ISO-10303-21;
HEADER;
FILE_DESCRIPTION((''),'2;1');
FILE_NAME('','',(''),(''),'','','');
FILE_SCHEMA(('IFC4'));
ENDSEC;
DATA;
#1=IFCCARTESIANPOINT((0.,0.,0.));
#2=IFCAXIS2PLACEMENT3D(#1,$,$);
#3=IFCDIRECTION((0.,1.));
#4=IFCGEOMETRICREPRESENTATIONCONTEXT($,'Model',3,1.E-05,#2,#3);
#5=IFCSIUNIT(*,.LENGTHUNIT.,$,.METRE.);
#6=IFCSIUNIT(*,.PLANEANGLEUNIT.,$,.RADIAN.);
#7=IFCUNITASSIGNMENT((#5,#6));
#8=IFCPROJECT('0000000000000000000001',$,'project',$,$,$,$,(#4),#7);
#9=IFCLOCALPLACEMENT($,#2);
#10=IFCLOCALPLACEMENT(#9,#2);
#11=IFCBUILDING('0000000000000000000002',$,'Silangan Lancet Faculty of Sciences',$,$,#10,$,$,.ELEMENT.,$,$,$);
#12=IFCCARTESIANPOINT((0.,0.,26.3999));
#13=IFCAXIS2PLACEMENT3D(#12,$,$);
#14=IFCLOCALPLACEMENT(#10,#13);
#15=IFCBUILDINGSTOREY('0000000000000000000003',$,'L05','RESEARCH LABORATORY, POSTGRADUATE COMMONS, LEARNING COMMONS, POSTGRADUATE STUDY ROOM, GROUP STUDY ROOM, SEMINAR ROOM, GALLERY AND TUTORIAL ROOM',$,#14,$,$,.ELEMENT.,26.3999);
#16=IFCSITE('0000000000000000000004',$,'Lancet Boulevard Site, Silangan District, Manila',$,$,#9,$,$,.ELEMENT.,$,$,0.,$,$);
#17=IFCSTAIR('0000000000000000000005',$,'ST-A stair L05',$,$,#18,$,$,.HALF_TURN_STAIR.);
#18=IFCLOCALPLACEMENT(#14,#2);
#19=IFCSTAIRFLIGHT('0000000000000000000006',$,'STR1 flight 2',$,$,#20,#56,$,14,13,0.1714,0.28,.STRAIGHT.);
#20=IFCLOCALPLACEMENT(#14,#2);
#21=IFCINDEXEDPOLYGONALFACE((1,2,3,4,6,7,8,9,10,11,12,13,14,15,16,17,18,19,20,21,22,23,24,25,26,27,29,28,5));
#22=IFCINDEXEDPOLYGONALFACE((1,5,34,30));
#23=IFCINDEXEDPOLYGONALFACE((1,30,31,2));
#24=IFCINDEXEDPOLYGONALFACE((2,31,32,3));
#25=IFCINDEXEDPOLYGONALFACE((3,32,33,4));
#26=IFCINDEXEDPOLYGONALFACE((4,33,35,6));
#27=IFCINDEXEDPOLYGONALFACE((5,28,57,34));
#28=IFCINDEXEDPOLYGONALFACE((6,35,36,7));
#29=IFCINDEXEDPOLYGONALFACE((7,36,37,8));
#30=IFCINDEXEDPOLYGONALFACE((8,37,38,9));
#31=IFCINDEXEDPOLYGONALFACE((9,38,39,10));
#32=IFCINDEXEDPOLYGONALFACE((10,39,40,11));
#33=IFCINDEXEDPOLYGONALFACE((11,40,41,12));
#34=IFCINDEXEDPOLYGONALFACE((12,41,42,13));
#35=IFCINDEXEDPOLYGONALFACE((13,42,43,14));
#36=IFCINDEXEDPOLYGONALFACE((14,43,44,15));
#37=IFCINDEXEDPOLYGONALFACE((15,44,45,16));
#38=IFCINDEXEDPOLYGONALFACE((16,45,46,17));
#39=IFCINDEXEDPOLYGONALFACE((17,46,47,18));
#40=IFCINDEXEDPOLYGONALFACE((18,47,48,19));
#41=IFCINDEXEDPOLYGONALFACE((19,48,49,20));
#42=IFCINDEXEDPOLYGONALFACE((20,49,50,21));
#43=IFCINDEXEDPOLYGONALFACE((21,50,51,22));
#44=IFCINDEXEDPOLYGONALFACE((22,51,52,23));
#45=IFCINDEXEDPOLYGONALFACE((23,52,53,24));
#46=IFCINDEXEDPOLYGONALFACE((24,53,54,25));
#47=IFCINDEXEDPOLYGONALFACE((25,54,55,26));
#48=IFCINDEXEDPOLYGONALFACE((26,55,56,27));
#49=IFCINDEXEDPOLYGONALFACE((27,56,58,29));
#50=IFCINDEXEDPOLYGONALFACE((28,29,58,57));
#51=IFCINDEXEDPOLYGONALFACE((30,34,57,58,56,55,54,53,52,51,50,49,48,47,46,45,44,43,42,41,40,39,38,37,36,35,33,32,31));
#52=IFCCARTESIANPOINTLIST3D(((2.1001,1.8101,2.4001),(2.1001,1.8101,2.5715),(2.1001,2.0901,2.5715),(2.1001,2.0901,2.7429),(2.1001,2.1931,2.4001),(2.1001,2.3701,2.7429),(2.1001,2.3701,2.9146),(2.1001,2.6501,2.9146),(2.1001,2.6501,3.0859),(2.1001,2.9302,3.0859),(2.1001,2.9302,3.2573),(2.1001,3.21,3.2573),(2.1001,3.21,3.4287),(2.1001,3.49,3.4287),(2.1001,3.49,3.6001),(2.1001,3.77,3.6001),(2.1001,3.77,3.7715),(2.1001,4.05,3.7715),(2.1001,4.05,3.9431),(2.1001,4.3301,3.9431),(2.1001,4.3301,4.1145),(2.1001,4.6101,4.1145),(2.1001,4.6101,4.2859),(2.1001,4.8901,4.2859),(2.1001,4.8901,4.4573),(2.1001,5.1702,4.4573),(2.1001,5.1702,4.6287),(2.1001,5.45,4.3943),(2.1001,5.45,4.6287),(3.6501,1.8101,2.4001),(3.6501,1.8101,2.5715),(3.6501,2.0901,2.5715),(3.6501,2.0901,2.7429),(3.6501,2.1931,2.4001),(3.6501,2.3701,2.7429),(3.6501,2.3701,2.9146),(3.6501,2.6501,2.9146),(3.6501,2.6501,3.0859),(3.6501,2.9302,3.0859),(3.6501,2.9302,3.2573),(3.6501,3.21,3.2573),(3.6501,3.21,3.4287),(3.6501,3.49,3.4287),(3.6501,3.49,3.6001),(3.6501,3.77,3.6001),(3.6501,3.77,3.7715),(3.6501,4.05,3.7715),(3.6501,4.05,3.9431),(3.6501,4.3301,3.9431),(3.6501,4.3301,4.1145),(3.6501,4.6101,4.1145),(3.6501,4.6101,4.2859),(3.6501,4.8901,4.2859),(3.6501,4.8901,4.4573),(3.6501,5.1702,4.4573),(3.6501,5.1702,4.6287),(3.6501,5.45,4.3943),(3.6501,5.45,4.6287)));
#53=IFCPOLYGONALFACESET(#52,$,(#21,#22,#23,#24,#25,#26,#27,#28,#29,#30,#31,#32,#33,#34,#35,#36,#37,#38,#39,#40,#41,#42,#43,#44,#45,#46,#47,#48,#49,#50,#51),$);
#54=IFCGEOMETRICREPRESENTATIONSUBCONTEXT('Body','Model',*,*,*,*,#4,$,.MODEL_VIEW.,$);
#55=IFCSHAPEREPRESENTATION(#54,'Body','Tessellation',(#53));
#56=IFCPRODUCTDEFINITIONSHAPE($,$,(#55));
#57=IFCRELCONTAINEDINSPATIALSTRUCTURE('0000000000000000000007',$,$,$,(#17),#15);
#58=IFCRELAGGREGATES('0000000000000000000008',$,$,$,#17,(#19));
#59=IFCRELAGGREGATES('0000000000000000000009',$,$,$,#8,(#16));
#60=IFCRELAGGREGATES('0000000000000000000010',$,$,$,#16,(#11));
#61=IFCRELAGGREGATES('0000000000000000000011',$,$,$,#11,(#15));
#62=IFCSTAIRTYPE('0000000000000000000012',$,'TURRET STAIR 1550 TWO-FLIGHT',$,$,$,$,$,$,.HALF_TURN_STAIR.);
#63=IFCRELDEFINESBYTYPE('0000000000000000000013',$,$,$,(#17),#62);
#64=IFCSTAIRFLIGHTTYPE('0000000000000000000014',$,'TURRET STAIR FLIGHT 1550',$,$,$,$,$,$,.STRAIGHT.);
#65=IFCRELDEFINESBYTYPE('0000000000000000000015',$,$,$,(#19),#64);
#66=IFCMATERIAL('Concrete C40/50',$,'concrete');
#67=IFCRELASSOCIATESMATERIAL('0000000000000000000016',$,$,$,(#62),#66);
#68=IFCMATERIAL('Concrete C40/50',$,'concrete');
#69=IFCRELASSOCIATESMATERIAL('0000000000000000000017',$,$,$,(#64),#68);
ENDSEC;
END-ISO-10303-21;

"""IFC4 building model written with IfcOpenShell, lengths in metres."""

from ifc_helpers import new_model, si_unit, direction, frame, origin, place, context, subcontext, project, spatial, polyline, outline, extrude, material, type_object, element, aggregate, save


model = new_model("IFC4")

# Units and contexts
model_context = context("Model", 3, precision=1e-05, world=origin(), true_north=direction((0.0, 1.0)))
body_context = subcontext(model_context, "Body", "Model", "MODEL_VIEW")
ifc_project = project(units=[si_unit("LENGTHUNIT", "METRE"), si_unit("PLANEANGLEUNIT", "RADIAN")], contexts=[model_context])

# Site, building, storey
site_placement = place(None, origin())
site = spatial("IfcSite", under=ifc_project, at=site_placement, Name="Lancet Boulevard Site, Silangan District, Manila", CompositionType="ELEMENT", RefElevation=0.0)
building_placement = place(site_placement, origin())
building = spatial("IfcBuilding", under=site, at=building_placement, Name="Silangan Lancet Faculty of Sciences", CompositionType="ELEMENT")
storey_placement = place(building_placement, frame((0.0, 0.0, 26.3999)))
storey = spatial("IfcBuildingStorey", under=building, at=storey_placement, Name="L05", Description="RESEARCH LABORATORY, POSTGRADUATE COMMONS, LEARNING COMMONS, POSTGRADUATE STUDY ROOM, GROUP STUDY ROOM, SEMINAR ROOM, GALLERY AND TUTORIAL ROOM", CompositionType="ELEMENT", Elevation=26.3999)

# Stair, stair flight
ifc_material_1 = material(Name="Concrete C40/50", Category="concrete")
stair_type = type_object("IfcStairType", Name="TURRET STAIR 1550 TWO-FLIGHT", PredefinedType="HALF_TURN_STAIR", material=ifc_material_1)
stair_placement = place(storey_placement, origin())
stair = element("IfcStair", 1, at=stair_placement, inside=storey, type_object=stair_type, Name="ST-A stair L05", PredefinedType="HALF_TURN_STAIR")
ifc_material_2 = material(Name="Concrete C40/50", Category="concrete")
stair_flight_type = type_object("IfcStairFlightType", Name="TURRET STAIR FLIGHT 1550", PredefinedType="STRAIGHT", material=ifc_material_2)
stair_flight_1_placement = place(storey_placement, frame((2.875, 1.8101, 2.4001), z_axis=(0.0, 0.0, 1.0), x_axis=(0.0, 1.0, 0.0)))
stair_flight_1 = element("IfcStairFlight", 2, at=stair_flight_1_placement, type_object=stair_flight_type, Name="STR1 flight 2", NumberOfRisers=14, NumberOfTreads=13, PredefinedType="STRAIGHT", RiserHeight=0.1714, TreadLength=0.28, context=body_context, shape_type="SweptSolid", body=[
    extrude(outline(polyline([(0.0, 0.0), (0.0, 0.1714), (0.28, 0.1714), (0.28, 0.3428), (0.5601, 0.3428), (0.5601, 0.5144), (0.8401, 0.5144), (0.8401, 0.6858), (1.1201, 0.6858), (1.1201, 0.8572), (1.3999, 0.8572), (1.3999, 1.0286), (1.6799, 1.0286), (1.6799, 1.2), (1.96, 1.2), (1.96, 1.3713), (2.24, 1.3713), (2.24, 1.543), (2.52, 1.543), (2.52, 1.7144), (2.8, 1.7144), (2.8, 1.8857), (3.0801, 1.8857), (3.0801, 2.0571), (3.3601, 2.0571), (3.3601, 2.2285), (3.6399, 2.2285), (3.6399, 2.3999), (3.6399, 1.9941), (0.3831, 0.0), (0.0, 0.0)])), frame((0.0, 0.7749, 0.0), z_axis=(0.0, -1.0, 0.0), x_axis=(1.0, 0.0, 0.0)), (0.0, 0.0, 1.0), 1.55),
])
aggregate(stair, [stair_flight_1])

save(model, "model.ifc")
